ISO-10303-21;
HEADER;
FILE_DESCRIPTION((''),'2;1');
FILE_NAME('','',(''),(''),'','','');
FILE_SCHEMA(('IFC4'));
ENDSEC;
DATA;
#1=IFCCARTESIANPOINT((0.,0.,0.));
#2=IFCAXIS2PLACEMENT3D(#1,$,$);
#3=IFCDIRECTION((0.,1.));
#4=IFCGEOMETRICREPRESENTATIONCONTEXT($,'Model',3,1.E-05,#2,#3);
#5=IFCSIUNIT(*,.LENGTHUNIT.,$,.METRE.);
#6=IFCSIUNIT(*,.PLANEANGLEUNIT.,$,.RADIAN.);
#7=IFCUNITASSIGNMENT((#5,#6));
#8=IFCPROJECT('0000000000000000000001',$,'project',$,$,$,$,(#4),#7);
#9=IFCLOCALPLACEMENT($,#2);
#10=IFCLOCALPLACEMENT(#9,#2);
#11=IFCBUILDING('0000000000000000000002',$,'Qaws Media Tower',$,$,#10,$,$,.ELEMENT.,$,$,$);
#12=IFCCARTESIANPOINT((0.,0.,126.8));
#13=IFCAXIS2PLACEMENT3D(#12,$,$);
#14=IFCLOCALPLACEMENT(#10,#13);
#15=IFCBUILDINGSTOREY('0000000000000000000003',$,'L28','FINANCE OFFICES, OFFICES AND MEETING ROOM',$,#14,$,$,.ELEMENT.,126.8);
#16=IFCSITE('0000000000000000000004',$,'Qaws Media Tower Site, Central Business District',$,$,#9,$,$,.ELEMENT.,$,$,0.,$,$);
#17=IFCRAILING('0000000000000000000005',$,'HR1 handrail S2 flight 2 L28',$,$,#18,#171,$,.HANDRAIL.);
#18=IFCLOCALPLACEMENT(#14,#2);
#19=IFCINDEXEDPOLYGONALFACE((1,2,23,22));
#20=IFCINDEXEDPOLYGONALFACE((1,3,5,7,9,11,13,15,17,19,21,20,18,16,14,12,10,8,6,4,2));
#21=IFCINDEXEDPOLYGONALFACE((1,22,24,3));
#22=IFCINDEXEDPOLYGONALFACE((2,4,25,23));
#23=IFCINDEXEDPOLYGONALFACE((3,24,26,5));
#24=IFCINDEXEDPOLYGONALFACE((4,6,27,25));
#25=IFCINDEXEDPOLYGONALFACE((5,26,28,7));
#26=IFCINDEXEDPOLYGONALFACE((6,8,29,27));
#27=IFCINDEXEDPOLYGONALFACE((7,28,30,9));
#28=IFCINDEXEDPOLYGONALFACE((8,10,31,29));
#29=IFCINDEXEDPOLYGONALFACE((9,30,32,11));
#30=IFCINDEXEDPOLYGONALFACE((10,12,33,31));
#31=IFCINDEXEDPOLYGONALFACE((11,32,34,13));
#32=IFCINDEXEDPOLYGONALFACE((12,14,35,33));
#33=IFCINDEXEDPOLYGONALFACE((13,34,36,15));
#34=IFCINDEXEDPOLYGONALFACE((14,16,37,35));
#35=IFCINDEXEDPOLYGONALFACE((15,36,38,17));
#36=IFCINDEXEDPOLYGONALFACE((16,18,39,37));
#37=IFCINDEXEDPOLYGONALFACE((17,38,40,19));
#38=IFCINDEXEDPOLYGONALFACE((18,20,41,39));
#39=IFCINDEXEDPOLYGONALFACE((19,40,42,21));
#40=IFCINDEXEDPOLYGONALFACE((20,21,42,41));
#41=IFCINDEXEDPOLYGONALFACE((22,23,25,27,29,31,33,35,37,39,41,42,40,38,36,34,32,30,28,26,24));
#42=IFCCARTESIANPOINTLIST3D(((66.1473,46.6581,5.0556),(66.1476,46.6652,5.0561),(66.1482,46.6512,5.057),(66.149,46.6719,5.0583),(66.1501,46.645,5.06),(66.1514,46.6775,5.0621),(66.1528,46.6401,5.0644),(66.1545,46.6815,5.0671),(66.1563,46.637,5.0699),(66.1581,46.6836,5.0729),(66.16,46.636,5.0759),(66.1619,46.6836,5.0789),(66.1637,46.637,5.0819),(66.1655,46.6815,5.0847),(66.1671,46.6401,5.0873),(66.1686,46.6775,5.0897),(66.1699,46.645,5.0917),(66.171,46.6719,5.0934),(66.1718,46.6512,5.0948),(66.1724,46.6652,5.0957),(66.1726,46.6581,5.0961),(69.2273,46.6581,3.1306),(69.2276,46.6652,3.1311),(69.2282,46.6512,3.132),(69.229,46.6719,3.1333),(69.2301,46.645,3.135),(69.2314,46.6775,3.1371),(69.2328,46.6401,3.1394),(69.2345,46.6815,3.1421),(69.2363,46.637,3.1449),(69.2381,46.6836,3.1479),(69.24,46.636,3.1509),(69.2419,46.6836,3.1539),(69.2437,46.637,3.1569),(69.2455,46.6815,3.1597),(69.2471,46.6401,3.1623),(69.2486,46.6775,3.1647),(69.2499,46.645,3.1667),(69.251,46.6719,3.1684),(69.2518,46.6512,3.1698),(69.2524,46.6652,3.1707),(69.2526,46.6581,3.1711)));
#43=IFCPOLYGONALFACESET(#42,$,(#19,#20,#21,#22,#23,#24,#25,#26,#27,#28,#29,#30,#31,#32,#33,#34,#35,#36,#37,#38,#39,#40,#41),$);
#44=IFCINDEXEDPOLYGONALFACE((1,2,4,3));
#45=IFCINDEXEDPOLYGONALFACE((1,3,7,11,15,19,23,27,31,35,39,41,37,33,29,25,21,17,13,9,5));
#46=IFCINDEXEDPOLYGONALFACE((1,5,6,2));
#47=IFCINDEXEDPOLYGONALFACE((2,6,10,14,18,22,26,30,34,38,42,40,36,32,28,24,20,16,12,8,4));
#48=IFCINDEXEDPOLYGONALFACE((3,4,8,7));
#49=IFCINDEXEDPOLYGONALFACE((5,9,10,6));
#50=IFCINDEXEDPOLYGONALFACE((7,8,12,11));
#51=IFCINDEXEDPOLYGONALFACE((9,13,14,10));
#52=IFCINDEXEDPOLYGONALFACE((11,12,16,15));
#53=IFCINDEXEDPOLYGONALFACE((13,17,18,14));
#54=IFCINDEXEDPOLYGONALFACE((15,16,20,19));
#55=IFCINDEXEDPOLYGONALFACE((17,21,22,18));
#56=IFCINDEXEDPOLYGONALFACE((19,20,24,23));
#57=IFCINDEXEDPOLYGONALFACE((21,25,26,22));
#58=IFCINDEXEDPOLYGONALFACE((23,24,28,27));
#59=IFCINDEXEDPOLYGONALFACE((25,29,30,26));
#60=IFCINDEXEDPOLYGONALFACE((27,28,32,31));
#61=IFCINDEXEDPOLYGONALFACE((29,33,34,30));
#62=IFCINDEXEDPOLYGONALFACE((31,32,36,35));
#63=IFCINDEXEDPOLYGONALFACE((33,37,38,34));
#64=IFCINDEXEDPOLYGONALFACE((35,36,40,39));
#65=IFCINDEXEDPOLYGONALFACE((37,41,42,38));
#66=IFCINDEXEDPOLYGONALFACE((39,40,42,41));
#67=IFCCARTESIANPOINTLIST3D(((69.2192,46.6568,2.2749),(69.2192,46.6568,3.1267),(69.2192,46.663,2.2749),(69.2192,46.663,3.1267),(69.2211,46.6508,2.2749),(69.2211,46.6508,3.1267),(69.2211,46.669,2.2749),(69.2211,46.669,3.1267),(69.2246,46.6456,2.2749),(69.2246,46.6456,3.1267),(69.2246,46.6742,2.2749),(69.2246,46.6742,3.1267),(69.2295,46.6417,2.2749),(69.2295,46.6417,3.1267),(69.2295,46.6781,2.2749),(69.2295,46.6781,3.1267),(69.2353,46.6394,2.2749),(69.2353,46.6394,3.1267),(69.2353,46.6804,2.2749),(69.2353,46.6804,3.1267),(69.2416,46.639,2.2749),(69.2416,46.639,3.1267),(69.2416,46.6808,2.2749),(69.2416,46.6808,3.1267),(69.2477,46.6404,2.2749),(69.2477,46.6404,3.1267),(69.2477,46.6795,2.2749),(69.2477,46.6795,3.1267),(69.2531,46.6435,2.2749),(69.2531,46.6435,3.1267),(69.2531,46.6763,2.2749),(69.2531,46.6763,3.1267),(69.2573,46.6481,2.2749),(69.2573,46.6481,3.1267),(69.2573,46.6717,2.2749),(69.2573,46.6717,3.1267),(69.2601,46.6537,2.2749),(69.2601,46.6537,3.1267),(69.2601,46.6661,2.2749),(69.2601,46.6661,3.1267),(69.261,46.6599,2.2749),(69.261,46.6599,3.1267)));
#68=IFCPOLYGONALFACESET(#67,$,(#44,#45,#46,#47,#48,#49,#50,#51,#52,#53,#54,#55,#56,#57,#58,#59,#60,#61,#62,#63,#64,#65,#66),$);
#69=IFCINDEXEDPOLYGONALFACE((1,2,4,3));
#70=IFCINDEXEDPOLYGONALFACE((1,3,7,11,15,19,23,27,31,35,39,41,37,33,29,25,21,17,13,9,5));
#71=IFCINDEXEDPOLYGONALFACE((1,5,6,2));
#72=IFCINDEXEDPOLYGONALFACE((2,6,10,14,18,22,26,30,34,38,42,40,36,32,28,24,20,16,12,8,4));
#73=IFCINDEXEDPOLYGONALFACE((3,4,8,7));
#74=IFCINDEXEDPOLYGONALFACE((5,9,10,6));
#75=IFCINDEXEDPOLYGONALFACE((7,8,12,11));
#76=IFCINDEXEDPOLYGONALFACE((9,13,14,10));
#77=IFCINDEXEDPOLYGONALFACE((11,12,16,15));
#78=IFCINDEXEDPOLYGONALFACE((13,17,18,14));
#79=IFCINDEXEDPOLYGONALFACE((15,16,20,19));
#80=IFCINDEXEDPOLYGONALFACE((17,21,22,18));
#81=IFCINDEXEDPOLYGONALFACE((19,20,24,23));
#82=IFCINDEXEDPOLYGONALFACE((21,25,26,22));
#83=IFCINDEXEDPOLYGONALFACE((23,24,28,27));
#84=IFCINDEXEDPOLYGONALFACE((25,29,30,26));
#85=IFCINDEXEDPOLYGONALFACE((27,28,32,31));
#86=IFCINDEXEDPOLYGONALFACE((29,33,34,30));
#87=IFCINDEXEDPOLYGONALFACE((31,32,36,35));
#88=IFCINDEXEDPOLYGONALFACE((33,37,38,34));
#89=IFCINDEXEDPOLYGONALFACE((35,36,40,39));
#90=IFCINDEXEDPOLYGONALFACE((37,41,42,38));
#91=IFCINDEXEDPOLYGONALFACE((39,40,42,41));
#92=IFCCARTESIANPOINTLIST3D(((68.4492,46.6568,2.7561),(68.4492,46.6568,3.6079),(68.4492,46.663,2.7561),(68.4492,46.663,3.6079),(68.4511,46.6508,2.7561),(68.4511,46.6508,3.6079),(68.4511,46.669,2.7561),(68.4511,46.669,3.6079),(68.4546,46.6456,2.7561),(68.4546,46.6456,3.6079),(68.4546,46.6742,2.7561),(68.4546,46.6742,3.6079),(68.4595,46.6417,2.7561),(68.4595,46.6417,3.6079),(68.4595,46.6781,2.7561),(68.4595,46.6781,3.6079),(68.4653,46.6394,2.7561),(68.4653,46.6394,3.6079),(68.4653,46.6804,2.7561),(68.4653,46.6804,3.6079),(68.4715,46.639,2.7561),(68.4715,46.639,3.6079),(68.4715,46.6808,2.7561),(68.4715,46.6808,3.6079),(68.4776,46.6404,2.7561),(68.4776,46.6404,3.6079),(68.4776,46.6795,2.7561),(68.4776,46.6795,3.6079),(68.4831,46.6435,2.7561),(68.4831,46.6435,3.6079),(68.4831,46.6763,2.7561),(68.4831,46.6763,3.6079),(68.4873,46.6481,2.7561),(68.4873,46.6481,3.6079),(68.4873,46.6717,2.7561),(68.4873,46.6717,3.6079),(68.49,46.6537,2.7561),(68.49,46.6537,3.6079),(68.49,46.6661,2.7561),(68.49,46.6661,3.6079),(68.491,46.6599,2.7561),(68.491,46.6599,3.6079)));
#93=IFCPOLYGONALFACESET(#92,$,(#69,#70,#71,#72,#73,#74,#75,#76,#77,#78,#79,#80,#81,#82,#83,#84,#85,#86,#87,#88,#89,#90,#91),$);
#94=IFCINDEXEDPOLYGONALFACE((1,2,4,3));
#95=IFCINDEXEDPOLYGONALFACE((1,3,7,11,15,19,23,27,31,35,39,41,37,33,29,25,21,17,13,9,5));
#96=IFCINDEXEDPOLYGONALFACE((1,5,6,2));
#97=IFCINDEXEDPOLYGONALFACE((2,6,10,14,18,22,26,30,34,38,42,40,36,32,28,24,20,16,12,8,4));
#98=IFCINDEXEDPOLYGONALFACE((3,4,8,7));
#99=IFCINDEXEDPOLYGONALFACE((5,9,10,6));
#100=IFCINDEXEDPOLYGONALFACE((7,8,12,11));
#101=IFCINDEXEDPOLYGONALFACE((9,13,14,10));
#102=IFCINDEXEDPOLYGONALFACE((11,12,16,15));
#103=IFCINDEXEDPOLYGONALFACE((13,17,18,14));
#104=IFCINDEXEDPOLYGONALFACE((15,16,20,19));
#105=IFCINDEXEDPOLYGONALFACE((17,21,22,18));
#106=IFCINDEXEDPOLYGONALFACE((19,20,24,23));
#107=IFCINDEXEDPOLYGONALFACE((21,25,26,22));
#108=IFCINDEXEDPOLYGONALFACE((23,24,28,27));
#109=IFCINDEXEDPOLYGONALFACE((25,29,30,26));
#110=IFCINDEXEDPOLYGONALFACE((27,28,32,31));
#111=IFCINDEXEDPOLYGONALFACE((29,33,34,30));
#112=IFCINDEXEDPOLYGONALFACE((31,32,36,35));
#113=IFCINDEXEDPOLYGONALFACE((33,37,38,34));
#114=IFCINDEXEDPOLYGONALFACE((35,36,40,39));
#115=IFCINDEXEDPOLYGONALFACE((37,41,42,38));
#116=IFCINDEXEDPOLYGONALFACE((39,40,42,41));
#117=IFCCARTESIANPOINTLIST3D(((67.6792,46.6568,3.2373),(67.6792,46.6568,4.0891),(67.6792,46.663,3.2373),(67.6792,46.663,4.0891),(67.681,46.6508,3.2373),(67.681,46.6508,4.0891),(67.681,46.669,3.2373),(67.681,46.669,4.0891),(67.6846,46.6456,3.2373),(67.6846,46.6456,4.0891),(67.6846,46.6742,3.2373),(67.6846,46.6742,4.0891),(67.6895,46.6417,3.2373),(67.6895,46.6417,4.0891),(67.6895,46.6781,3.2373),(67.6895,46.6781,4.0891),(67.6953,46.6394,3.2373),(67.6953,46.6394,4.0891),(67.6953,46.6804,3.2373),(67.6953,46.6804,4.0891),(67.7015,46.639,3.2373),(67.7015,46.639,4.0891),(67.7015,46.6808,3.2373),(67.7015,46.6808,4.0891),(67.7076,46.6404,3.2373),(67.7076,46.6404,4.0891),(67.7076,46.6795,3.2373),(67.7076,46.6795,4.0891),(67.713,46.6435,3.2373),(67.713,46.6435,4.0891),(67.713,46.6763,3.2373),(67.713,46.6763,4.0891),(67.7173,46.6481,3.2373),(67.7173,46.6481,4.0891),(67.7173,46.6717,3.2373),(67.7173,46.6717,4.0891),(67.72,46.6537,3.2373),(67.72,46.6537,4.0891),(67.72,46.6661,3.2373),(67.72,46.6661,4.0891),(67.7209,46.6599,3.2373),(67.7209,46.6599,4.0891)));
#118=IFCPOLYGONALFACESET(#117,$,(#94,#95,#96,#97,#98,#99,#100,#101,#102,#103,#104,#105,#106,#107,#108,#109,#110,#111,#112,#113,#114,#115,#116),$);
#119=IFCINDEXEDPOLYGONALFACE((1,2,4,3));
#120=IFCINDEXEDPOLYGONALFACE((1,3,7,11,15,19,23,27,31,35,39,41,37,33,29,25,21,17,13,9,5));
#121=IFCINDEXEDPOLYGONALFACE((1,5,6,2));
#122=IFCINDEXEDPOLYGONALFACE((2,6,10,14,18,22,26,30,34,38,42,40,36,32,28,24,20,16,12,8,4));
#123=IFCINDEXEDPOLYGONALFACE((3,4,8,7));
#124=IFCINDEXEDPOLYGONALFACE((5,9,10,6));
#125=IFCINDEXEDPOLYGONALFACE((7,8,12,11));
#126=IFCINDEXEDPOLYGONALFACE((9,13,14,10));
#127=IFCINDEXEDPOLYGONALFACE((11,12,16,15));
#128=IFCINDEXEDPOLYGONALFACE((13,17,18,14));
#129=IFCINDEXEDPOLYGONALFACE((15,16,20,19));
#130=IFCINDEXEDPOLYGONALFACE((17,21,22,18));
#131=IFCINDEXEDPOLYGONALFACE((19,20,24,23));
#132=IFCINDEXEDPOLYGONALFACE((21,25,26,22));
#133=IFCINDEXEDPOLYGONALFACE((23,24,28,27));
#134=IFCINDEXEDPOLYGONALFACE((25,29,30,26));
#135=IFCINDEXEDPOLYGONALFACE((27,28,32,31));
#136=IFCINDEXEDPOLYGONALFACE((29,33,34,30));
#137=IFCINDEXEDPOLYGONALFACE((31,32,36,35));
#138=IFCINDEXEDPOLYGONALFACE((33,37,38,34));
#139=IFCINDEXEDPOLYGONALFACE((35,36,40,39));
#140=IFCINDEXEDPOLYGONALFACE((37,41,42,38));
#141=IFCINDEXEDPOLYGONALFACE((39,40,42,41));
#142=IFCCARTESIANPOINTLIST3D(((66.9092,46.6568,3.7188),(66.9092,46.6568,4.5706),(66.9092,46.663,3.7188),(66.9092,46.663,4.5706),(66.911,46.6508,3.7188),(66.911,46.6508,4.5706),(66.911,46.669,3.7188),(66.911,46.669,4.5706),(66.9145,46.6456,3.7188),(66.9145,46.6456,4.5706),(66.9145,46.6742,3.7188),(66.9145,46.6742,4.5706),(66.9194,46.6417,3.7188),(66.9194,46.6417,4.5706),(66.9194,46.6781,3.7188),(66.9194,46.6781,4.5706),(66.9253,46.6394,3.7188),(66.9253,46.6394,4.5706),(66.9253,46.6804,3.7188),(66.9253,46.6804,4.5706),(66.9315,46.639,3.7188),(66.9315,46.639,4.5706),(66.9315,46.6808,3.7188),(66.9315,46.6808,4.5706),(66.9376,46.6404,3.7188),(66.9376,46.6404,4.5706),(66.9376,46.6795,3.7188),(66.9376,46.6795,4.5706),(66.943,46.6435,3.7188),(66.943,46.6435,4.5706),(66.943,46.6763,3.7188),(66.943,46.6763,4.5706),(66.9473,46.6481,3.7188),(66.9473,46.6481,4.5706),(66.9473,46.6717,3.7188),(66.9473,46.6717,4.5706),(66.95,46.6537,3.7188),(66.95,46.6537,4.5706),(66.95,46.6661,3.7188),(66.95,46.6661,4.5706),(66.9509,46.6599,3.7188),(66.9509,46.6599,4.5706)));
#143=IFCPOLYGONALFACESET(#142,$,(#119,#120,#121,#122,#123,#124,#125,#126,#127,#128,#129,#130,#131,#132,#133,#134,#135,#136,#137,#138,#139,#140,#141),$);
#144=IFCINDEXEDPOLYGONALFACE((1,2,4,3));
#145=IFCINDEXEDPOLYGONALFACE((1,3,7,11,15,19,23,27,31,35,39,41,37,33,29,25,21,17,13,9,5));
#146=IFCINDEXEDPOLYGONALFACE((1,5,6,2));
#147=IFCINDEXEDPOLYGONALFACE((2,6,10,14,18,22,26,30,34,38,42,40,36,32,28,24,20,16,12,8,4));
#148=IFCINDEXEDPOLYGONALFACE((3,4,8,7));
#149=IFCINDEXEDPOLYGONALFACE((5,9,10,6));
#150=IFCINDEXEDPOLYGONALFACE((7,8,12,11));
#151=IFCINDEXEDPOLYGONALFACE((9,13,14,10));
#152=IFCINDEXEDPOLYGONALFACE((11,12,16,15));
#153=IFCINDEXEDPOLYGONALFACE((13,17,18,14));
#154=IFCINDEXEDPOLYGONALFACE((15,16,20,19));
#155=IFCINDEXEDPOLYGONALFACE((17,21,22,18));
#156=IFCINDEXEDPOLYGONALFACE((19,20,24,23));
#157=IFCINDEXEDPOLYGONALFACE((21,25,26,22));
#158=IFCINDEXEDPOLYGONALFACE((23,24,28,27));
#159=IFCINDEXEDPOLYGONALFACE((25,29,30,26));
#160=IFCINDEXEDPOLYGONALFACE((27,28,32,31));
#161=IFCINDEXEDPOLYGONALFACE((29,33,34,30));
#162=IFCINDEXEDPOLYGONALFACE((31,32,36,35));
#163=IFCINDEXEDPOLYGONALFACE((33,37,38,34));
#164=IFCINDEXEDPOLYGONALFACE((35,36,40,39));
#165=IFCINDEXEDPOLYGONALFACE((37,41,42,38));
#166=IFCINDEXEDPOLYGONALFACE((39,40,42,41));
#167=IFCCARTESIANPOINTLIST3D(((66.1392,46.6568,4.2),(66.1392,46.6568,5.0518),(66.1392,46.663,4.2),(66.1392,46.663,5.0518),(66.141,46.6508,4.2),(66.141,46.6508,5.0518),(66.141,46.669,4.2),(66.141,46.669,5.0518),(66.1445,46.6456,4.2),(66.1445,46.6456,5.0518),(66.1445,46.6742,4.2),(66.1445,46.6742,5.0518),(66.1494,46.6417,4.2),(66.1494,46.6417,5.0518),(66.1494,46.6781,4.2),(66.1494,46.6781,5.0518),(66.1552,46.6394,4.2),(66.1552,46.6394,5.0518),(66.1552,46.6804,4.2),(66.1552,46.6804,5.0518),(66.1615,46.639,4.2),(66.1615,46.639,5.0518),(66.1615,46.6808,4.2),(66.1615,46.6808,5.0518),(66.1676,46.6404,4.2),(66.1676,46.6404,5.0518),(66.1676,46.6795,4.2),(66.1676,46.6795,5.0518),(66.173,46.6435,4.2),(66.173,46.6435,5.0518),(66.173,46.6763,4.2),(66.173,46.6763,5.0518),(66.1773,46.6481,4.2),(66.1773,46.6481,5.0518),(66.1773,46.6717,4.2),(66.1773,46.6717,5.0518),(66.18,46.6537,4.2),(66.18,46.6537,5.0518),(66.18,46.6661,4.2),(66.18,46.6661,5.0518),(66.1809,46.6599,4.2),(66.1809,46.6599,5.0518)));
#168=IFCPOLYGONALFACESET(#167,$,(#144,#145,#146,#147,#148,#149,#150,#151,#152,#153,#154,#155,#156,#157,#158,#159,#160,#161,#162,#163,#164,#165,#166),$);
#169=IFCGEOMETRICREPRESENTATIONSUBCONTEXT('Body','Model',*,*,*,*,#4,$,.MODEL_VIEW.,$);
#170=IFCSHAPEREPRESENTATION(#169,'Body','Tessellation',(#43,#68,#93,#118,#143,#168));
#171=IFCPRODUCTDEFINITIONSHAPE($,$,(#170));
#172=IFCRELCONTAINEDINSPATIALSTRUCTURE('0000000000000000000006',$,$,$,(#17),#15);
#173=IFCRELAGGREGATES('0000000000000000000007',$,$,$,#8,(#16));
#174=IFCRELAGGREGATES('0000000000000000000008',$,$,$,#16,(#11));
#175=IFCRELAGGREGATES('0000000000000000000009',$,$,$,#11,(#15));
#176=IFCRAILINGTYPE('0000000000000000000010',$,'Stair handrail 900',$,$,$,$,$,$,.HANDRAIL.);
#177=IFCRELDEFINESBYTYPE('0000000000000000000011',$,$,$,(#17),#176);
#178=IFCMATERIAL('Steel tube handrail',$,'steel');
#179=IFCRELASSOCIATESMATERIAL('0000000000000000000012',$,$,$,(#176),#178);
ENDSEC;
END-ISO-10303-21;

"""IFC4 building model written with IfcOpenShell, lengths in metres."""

from ifc_helpers import new_model, si_unit, direction, frame, origin, origin_2d, place, context, subcontext, project, spatial, circle, extrude, material, type_object, element, save


model = new_model("IFC4")

# Units and contexts
model_context = context("Model", 3, precision=1e-05, world=origin(), true_north=direction((0.0, 1.0)))
body_context = subcontext(model_context, "Body", "Model", "MODEL_VIEW")
ifc_project = project(units=[si_unit("LENGTHUNIT", "METRE"), si_unit("PLANEANGLEUNIT", "RADIAN")], contexts=[model_context])

# Site, building, storey
site_placement = place(None, origin())
site = spatial("IfcSite", under=ifc_project, at=site_placement, Name="Qaws Media Tower Site, Central Business District", CompositionType="ELEMENT", RefElevation=0.0)
building_placement = place(site_placement, origin())
building = spatial("IfcBuilding", under=site, at=building_placement, Name="Qaws Media Tower", CompositionType="ELEMENT")
storey_placement = place(building_placement, frame((0.0, 0.0, 126.8)))
storey = spatial("IfcBuildingStorey", under=building, at=storey_placement, Name="L28", Description="FINANCE OFFICES, OFFICES AND MEETING ROOM", CompositionType="ELEMENT", Elevation=126.8)

# Railing
ifc_material_1 = material(Name="Steel tube handrail", Category="steel")
railing_type = type_object("IfcRailingType", Name="Stair handrail 900", PredefinedType="HANDRAIL", material=ifc_material_1)
for number, where, name in (
    (1, (69.24, 46.6599, 2.2749), "HR1 handrail S2 flight 2 L28"),
):
    element("IfcRailing", number, at=place(storey_placement, frame(where)), inside=storey, type_object=railing_type, Name=name, PredefinedType="HANDRAIL", context=body_context, shape_type="SweptSolid", body=[
        extrude(circle(Radius=0.0239, at=origin_2d()), frame((0.0, 0.0, 0.876), z_axis=(-0.847998, 0.0, 0.529999), x_axis=(0.0, -1.0, 0.0)), (0.0, 0.0, 1.0), 3.6321),
        extrude(circle(Radius=0.021, at=origin_2d()), origin(), (0.0, 0.0, 1.0), 0.8518),
        extrude(circle(Radius=0.021, at=origin_2d()), frame((-0.77, 0.0, 0.4812)), (0.0, 0.0, 1.0), 0.8518),
        extrude(circle(Radius=0.021, at=origin_2d()), frame((-1.54, 0.0, 0.9624)), (0.0, 0.0, 1.0), 0.8518),
        extrude(circle(Radius=0.021, at=origin_2d()), frame((-2.3101, 0.0, 1.4438)), (0.0, 0.0, 1.0), 0.8518),
        extrude(circle(Radius=0.021, at=origin_2d()), frame((-3.0801, 0.0, 1.925)), (0.0, 0.0, 1.0), 0.8518),
    ])

save(model, "model.ifc")
